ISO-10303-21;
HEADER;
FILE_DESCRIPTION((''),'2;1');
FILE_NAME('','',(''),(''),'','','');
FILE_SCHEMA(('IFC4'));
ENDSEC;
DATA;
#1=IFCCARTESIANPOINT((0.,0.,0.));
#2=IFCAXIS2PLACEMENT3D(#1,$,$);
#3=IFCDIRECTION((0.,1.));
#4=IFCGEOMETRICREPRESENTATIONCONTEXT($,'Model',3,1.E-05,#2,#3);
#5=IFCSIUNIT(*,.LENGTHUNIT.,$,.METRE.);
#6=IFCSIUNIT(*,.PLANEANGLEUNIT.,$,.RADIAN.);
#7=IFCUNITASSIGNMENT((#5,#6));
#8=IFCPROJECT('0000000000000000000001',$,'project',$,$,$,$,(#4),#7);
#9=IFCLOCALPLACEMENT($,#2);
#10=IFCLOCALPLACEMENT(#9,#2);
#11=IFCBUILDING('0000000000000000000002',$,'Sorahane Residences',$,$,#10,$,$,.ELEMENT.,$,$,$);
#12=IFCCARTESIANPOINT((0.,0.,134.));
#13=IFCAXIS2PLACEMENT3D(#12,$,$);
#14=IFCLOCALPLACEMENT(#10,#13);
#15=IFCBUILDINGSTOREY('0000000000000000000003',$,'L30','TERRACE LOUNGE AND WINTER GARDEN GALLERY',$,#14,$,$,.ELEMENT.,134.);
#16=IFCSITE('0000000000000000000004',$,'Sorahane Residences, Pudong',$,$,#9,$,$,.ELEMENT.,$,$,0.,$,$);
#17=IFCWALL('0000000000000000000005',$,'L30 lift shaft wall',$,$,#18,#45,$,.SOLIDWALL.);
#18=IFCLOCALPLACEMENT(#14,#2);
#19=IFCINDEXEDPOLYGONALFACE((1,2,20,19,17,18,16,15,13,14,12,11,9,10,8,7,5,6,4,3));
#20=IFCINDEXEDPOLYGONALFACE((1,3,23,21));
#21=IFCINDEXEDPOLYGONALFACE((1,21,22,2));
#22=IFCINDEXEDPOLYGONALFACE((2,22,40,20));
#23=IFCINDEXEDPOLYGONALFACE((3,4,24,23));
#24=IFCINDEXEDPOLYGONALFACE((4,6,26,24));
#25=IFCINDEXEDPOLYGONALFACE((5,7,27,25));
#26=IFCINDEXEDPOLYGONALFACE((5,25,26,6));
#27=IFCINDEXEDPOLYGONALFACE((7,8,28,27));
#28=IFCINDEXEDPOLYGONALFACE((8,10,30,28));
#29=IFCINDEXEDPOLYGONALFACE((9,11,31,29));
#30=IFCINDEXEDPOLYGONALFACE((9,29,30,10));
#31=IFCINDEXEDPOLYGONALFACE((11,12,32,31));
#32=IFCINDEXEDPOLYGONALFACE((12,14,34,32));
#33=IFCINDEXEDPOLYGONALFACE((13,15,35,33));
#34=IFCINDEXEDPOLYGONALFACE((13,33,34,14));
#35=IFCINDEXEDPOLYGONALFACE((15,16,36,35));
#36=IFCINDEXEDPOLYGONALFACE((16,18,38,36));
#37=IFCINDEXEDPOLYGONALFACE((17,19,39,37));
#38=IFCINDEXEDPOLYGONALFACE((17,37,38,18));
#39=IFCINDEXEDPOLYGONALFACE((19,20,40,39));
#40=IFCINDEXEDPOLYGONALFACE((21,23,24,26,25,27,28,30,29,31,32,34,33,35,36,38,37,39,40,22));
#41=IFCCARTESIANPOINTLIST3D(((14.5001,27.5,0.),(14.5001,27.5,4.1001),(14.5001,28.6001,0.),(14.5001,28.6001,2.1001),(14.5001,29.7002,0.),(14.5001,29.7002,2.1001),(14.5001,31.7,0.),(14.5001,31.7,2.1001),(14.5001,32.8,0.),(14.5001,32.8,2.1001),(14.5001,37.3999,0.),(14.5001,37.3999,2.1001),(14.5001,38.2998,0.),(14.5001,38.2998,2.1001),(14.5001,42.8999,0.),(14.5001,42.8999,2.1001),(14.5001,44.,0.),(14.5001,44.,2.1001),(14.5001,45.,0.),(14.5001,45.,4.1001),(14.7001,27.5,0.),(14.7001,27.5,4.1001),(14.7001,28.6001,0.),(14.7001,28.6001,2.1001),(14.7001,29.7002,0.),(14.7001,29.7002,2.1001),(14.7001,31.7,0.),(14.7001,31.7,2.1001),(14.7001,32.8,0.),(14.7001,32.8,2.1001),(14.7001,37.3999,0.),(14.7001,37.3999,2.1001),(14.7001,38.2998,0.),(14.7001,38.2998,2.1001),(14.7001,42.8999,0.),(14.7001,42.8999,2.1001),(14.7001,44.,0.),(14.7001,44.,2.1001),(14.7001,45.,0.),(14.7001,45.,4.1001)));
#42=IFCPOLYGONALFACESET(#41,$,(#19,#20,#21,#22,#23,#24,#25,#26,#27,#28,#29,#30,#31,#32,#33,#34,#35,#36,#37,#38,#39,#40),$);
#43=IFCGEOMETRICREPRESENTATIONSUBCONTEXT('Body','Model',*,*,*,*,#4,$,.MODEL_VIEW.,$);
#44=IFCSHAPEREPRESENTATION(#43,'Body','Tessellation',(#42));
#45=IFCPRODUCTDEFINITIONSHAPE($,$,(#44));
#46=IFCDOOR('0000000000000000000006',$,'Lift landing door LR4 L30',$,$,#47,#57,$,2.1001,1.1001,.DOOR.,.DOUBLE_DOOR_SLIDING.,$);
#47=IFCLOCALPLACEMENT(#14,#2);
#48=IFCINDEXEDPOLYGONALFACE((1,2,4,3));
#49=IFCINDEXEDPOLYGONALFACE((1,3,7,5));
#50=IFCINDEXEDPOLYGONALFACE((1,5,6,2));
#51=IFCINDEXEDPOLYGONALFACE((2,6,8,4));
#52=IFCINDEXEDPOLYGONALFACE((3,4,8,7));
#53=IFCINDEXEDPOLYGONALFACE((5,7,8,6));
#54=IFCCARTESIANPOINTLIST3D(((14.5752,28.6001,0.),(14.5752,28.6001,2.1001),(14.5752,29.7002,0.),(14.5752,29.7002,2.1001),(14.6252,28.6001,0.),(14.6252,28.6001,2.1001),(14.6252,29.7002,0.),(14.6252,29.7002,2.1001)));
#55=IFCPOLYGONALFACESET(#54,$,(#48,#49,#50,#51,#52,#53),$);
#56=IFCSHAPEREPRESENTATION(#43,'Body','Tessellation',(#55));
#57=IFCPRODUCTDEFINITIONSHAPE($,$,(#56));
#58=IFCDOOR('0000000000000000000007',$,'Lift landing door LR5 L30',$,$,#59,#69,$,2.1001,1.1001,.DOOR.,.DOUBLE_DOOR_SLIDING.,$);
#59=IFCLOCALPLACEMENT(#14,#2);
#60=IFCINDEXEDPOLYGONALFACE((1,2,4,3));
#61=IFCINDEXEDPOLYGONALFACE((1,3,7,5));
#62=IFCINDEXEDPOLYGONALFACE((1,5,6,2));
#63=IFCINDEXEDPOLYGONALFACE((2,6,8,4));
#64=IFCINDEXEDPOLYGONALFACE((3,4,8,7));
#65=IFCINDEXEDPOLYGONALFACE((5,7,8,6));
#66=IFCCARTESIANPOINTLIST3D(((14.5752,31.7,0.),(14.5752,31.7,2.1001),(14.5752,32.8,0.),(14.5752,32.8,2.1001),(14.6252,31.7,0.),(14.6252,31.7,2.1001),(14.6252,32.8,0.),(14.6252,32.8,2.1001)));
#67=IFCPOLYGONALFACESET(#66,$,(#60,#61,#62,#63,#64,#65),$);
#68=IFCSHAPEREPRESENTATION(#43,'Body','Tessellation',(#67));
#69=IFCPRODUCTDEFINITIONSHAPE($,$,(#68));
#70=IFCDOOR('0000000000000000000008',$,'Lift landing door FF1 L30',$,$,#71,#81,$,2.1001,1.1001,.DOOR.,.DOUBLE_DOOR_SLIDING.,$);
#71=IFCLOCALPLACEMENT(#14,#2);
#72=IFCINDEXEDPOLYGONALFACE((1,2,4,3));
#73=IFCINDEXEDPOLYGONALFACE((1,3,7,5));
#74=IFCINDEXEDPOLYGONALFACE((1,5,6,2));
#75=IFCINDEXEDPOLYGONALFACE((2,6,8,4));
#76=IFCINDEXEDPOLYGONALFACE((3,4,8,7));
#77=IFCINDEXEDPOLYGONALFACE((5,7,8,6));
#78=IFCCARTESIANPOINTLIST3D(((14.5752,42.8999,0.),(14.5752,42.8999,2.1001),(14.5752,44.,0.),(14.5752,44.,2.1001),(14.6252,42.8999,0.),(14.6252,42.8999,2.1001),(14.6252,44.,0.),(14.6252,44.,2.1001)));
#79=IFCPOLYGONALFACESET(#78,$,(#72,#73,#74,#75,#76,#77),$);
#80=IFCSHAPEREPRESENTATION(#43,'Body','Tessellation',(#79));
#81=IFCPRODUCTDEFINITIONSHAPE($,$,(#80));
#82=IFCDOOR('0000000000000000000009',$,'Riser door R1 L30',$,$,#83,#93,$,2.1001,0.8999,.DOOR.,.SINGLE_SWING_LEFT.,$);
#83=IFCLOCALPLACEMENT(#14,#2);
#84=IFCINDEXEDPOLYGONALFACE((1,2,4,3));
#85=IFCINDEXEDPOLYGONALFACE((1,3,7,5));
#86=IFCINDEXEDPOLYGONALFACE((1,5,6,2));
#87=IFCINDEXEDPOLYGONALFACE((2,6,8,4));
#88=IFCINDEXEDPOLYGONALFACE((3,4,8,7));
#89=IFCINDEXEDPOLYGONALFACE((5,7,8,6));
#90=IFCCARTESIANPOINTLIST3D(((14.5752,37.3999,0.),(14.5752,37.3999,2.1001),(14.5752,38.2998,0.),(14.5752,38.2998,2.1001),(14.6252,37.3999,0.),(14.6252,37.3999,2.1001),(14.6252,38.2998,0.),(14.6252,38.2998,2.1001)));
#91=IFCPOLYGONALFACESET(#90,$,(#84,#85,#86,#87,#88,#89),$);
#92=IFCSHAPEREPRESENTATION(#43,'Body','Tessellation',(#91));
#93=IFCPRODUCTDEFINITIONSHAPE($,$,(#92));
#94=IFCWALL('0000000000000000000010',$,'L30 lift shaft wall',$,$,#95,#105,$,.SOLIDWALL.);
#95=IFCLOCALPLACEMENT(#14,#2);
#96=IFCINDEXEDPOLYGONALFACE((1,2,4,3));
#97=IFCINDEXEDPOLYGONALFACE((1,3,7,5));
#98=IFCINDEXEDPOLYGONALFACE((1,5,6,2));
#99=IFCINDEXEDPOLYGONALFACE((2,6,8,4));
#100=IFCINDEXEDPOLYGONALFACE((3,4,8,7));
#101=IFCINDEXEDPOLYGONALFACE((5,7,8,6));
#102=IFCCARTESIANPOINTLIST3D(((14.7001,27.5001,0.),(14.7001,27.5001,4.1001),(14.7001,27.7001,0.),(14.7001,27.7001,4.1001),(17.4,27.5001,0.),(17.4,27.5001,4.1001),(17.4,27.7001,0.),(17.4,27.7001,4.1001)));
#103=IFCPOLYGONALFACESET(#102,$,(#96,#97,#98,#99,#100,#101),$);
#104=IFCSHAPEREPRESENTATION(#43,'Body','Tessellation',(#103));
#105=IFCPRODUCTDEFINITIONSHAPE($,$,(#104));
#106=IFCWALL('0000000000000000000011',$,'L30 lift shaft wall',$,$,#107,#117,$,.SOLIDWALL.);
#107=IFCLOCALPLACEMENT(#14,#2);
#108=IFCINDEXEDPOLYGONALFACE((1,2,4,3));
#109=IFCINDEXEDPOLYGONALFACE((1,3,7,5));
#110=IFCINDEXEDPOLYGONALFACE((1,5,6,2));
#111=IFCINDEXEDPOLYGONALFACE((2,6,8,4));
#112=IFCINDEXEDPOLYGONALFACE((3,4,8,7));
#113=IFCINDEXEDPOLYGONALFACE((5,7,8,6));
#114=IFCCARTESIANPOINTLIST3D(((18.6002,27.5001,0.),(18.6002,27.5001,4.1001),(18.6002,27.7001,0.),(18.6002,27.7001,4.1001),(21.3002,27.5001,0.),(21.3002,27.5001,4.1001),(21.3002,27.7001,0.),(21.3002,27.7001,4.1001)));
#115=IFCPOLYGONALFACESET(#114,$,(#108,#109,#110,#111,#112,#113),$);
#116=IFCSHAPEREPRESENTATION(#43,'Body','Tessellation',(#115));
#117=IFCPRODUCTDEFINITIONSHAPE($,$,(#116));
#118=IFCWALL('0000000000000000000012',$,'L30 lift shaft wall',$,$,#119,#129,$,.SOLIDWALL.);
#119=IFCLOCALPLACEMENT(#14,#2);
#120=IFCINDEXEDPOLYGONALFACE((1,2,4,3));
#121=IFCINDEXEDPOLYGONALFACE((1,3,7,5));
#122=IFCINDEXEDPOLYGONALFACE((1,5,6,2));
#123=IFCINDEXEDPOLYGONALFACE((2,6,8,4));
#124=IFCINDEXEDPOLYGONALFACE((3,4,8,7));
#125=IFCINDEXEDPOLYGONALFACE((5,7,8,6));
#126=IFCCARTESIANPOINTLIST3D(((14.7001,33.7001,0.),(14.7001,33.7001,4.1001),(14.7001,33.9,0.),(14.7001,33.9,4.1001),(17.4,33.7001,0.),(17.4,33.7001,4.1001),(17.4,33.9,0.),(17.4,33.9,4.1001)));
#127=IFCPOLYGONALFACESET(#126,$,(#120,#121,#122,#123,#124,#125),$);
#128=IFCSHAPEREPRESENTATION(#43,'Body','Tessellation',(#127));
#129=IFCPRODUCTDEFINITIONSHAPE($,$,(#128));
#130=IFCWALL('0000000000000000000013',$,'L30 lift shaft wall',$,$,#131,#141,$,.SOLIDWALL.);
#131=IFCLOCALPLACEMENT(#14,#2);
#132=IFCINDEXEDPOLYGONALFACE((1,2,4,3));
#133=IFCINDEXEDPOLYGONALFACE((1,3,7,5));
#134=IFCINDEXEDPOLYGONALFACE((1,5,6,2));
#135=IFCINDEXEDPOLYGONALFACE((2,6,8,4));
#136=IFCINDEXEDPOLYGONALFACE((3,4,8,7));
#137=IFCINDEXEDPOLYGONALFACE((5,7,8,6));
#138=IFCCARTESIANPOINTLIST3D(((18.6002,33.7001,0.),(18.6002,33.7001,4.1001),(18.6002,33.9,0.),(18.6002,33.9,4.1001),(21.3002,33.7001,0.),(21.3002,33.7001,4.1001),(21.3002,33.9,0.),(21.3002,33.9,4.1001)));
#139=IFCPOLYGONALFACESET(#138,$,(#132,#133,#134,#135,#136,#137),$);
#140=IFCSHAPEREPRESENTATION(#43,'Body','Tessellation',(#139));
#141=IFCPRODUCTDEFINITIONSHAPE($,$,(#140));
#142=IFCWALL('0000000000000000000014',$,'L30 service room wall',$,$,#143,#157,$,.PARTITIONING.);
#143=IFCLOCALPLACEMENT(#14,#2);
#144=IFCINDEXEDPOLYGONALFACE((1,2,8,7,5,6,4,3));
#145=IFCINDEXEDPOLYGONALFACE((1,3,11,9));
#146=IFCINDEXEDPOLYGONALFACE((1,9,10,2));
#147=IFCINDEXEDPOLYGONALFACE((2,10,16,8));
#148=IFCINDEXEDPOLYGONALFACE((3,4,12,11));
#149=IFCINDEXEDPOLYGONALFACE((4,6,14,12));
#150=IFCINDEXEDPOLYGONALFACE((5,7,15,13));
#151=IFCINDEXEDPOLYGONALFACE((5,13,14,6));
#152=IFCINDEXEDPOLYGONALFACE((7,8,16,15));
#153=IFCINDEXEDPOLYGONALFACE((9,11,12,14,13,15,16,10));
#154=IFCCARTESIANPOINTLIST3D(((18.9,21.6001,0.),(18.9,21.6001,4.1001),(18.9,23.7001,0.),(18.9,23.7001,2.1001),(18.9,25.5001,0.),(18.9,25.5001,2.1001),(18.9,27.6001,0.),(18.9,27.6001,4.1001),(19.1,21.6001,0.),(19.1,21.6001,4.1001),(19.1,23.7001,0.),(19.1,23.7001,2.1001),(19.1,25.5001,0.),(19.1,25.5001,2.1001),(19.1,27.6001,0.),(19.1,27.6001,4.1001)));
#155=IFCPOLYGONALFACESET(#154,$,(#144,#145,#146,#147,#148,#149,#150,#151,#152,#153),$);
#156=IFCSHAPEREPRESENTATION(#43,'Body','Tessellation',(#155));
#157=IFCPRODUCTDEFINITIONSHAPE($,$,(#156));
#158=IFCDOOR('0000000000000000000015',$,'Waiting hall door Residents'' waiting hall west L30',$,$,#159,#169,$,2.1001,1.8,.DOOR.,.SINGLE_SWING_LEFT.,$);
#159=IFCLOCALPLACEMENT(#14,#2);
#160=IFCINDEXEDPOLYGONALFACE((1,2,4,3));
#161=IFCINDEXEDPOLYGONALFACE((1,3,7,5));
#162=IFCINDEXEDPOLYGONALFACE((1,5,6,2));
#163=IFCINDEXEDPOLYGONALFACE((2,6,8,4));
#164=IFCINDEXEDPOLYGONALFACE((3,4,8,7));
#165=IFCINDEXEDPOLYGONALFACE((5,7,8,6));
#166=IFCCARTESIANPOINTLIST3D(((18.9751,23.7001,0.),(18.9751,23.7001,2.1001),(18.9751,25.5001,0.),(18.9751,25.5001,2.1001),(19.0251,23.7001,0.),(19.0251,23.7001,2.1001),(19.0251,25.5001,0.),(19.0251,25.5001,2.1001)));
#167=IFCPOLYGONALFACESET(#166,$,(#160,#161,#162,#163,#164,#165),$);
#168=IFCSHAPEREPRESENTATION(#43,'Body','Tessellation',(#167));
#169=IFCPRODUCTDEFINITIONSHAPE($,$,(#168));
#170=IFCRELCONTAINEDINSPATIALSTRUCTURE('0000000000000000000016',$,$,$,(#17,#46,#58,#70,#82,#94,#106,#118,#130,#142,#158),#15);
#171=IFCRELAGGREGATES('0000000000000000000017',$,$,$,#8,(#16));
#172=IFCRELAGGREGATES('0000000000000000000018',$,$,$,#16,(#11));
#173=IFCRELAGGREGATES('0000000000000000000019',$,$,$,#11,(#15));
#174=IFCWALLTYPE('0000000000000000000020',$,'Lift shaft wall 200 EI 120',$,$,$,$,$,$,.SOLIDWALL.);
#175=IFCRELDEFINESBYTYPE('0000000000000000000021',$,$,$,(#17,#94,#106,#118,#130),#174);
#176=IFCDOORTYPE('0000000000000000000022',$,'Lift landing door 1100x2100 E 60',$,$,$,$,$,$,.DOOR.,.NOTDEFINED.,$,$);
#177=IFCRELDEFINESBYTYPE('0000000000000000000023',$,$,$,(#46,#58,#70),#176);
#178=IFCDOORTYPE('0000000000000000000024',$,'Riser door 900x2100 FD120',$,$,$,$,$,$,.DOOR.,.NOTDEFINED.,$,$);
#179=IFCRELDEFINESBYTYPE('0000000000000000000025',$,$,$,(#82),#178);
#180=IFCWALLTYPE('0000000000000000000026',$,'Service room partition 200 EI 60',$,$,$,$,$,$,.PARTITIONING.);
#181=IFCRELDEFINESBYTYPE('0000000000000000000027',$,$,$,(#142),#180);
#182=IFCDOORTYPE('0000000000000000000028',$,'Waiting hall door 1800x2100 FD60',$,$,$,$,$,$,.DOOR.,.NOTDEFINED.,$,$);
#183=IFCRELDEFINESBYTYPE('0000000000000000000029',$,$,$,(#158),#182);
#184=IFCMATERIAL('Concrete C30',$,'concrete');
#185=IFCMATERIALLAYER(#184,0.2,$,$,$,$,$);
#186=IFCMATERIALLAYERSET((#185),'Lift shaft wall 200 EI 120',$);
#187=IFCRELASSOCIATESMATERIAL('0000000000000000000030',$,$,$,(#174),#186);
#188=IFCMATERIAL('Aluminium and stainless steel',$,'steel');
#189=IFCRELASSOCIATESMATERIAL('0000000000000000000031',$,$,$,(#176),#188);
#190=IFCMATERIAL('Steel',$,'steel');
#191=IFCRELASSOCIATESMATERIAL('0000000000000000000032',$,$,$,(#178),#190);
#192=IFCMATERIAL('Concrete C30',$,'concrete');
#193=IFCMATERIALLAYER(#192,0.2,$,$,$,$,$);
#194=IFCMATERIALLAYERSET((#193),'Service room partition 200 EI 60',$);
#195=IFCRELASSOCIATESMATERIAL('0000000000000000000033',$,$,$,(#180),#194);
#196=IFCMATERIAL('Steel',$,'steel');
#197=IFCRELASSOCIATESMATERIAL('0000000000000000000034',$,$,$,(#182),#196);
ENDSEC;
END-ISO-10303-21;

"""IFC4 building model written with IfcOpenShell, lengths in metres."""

from ifc_helpers import new_model, si_unit, direction, frame, frame_2d, origin, place, context, subcontext, project, spatial, rectangle, extrude, material, layer, layer_set, type_object, element, fill, save


model = new_model("IFC4")

# Units and contexts
model_context = context("Model", 3, precision=1e-05, world=origin(), true_north=direction((0.0, 1.0)))
body_context = subcontext(model_context, "Body", "Model", "MODEL_VIEW")
ifc_project = project(units=[si_unit("LENGTHUNIT", "METRE"), si_unit("PLANEANGLEUNIT", "RADIAN")], contexts=[model_context])

# Site, building, storey
site_placement = place(None, origin())
site = spatial("IfcSite", under=ifc_project, at=site_placement, Name="Sorahane Residences, Pudong", CompositionType="ELEMENT", RefElevation=0.0)
building_placement = place(site_placement, origin())
building = spatial("IfcBuilding", under=site, at=building_placement, Name="Sorahane Residences", CompositionType="ELEMENT")
storey_placement = place(building_placement, frame((0.0, 0.0, 134.0)))
storey = spatial("IfcBuildingStorey", under=building, at=storey_placement, Name="L30", Description="TERRACE LOUNGE AND WINTER GARDEN GALLERY", CompositionType="ELEMENT", Elevation=134.0)

# Wall, openings, doors
ifc_material_1 = material(Name="Concrete C30", Category="concrete")
ifc_layer_1 = layer(ifc_material_1, 0.2)
ifc_layer_set_1 = layer_set([ifc_layer_1], Name="Lift shaft wall 200 EI 120")
wall_type_1 = type_object("IfcWallType", Name="Lift shaft wall 200 EI 120", PredefinedType="SOLIDWALL", material=ifc_layer_set_1)
wall_1_placement = place(storey_placement, frame((14.6001, 27.5, 0.0), z_axis=(0.0, 0.0, 1.0), x_axis=(0.0, 1.0, 0.0)))
wall_1 = element("IfcWall", 1, at=wall_1_placement, inside=storey, type_object=wall_type_1, Name="L30 lift shaft wall", PredefinedType="SOLIDWALL", context=body_context, shape_type="SweptSolid", body=[
    extrude(rectangle(XDim=17.5, YDim=0.2, at=frame_2d((8.75, 0.0))), origin(), (0.0, 0.0, 1.0), 4.1001),
])
opening_1_placement = place(wall_1_placement, frame((1.1001, 0.0, 0.0)))
opening_1 = element("IfcOpeningElement", 2, at=opening_1_placement, cuts=wall_1, PredefinedType="OPENING", context=body_context, shape_type="SweptSolid", body=[
    extrude(rectangle(XDim=1.1001, YDim=2.1001, at=frame_2d((0.55, 1.05))), frame((0.0, 0.1099, 0.0), z_axis=(0.0, -1.0, 0.0), x_axis=(1.0, 0.0, 0.0)), (0.0, 0.0, 1.0), 0.22),
])
opening_2_placement = place(wall_1_placement, frame((4.2, 0.0, 0.0)))
opening_2 = element("IfcOpeningElement", 3, at=opening_2_placement, cuts=wall_1, PredefinedType="OPENING", context=body_context, shape_type="SweptSolid", body=[
    extrude(rectangle(XDim=1.1001, YDim=2.1001, at=frame_2d((0.55, 1.05))), frame((0.0, 0.1099, 0.0), z_axis=(0.0, -1.0, 0.0), x_axis=(1.0, 0.0, 0.0)), (0.0, 0.0, 1.0), 0.22),
])
opening_3_placement = place(wall_1_placement, frame((15.3999, 0.0, 0.0)))
opening_3 = element("IfcOpeningElement", 4, at=opening_3_placement, cuts=wall_1, PredefinedType="OPENING", context=body_context, shape_type="SweptSolid", body=[
    extrude(rectangle(XDim=1.1001, YDim=2.1001, at=frame_2d((0.55, 1.05))), frame((0.0, 0.1099, 0.0), z_axis=(0.0, -1.0, 0.0), x_axis=(1.0, 0.0, 0.0)), (0.0, 0.0, 1.0), 0.22),
])
opening_4_placement = place(wall_1_placement, frame((9.8999, 0.0, 0.0)))
opening_4 = element("IfcOpeningElement", 5, at=opening_4_placement, cuts=wall_1, PredefinedType="OPENING", context=body_context, shape_type="SweptSolid", body=[
    extrude(rectangle(XDim=0.8999, YDim=2.1001, at=frame_2d((0.45, 1.05))), frame((0.0, 0.1099, 0.0), z_axis=(0.0, -1.0, 0.0), x_axis=(1.0, 0.0, 0.0)), (0.0, 0.0, 1.0), 0.22),
])
ifc_material_2 = material(Name="Aluminium and stainless steel", Category="steel")
door_type_1 = type_object("IfcDoorType", Name="Lift landing door 1100x2100 E 60", OperationType="NOTDEFINED", PredefinedType="DOOR", material=ifc_material_2)
door_1_placement = place(opening_1_placement, origin())
door_1 = element("IfcDoor", 6, at=door_1_placement, inside=storey, type_object=door_type_1, Name="Lift landing door LR4 L30", OperationType="DOUBLE_DOOR_SLIDING", OverallHeight=2.1001, OverallWidth=1.1001, PredefinedType="DOOR", context=body_context, shape_type="SweptSolid", body=[
    extrude(rectangle(XDim=1.1001, YDim=2.1001, at=frame_2d((0.55, 1.05))), frame((0.0, 0.0249, 0.0), z_axis=(0.0, -1.0, 0.0), x_axis=(1.0, 0.0, 0.0)), (0.0, 0.0, 1.0), 0.05),
])
fill(opening_1, door_1)
door_2_placement = place(opening_2_placement, origin())
door_2 = element("IfcDoor", 7, at=door_2_placement, inside=storey, type_object=door_type_1, Name="Lift landing door LR5 L30", OperationType="DOUBLE_DOOR_SLIDING", OverallHeight=2.1001, OverallWidth=1.1001, PredefinedType="DOOR", context=body_context, shape_type="SweptSolid", body=[
    extrude(rectangle(XDim=1.1001, YDim=2.1001, at=frame_2d((0.55, 1.05))), frame((0.0, 0.0249, 0.0), z_axis=(0.0, -1.0, 0.0), x_axis=(1.0, 0.0, 0.0)), (0.0, 0.0, 1.0), 0.05),
])
fill(opening_2, door_2)
door_3_placement = place(opening_3_placement, origin())
door_3 = element("IfcDoor", 8, at=door_3_placement, inside=storey, type_object=door_type_1, Name="Lift landing door FF1 L30", OperationType="DOUBLE_DOOR_SLIDING", OverallHeight=2.1001, OverallWidth=1.1001, PredefinedType="DOOR", context=body_context, shape_type="SweptSolid", body=[
    extrude(rectangle(XDim=1.1001, YDim=2.1001, at=frame_2d((0.55, 1.05))), frame((0.0, 0.0249, 0.0), z_axis=(0.0, -1.0, 0.0), x_axis=(1.0, 0.0, 0.0)), (0.0, 0.0, 1.0), 0.05),
])
fill(opening_3, door_3)
ifc_material_3 = material(Name="Steel", Category="steel")
door_type_2 = type_object("IfcDoorType", Name="Riser door 900x2100 FD120", OperationType="NOTDEFINED", PredefinedType="DOOR", material=ifc_material_3)
door_4_placement = place(opening_4_placement, origin())
door_4 = element("IfcDoor", 9, at=door_4_placement, inside=storey, type_object=door_type_2, Name="Riser door R1 L30", OperationType="SINGLE_SWING_LEFT", OverallHeight=2.1001, OverallWidth=0.8999, PredefinedType="DOOR", context=body_context, shape_type="SweptSolid", body=[
    extrude(rectangle(XDim=0.8999, YDim=2.1001, at=frame_2d((0.45, 1.05))), frame((0.0, 0.0249, 0.0), z_axis=(0.0, -1.0, 0.0), x_axis=(1.0, 0.0, 0.0)), (0.0, 0.0, 1.0), 0.05),
])
fill(opening_4, door_4)

# Walls
for number, where, z_axis, x_axis, name in (
    (10, (14.7, 27.6001, 0.0), (0.0, 0.0, 1.0), (1.0, 0.0, 0.0), "L30 lift shaft wall"),
    (11, (18.6001, 27.6001, 0.0), (0.0, 0.0, 1.0), (1.0, 0.0, 0.0), "L30 lift shaft wall"),
    (12, (14.7, 33.8, 0.0), (0.0, 0.0, 1.0), (1.0, 0.0, 0.0), "L30 lift shaft wall"),
    (13, (18.6001, 33.8, 0.0), (0.0, 0.0, 1.0), (1.0, 0.0, 0.0), "L30 lift shaft wall"),
):
    element("IfcWall", number, at=place(storey_placement, frame(where, z_axis=z_axis, x_axis=x_axis)), inside=storey, type_object=wall_type_1, Name=name, PredefinedType="SOLIDWALL", context=body_context, shape_type="SweptSolid", body=[
        extrude(rectangle(XDim=2.7, YDim=0.2, at=frame_2d((1.3501, 0.0))), origin(), (0.0, 0.0, 1.0), 4.1001),
    ])

# Wall, opening, door
ifc_material_4 = material(Name="Concrete C30", Category="concrete")
ifc_layer_2 = layer(ifc_material_4, 0.2)
ifc_layer_set_2 = layer_set([ifc_layer_2], Name="Service room partition 200 EI 60")
wall_type_2 = type_object("IfcWallType", Name="Service room partition 200 EI 60", PredefinedType="PARTITIONING", material=ifc_layer_set_2)
wall_2_placement = place(storey_placement, frame((19.0, 21.6001, 0.0), z_axis=(0.0, 0.0, 1.0), x_axis=(0.0, 1.0, 0.0)))
wall_2 = element("IfcWall", 14, at=wall_2_placement, inside=storey, type_object=wall_type_2, Name="L30 service room wall", PredefinedType="PARTITIONING", context=body_context, shape_type="SweptSolid", body=[
    extrude(rectangle(XDim=6.0, YDim=0.2, at=frame_2d((3.0, 0.0))), origin(), (0.0, 0.0, 1.0), 4.1001),
])
opening_5_placement = place(wall_2_placement, frame((2.1001, 0.0, 0.0)))
opening_5 = element("IfcOpeningElement", 15, at=opening_5_placement, cuts=wall_2, PredefinedType="OPENING", context=body_context, shape_type="SweptSolid", body=[
    extrude(rectangle(XDim=1.8, YDim=2.1001, at=frame_2d((0.8999, 1.05))), frame((0.0, 0.1099, 0.0), z_axis=(0.0, -1.0, 0.0), x_axis=(1.0, 0.0, 0.0)), (0.0, 0.0, 1.0), 0.22),
])
ifc_material_5 = material(Name="Steel", Category="steel")
door_type_3 = type_object("IfcDoorType", Name="Waiting hall door 1800x2100 FD60", OperationType="NOTDEFINED", PredefinedType="DOOR", material=ifc_material_5)
door_5_placement = place(opening_5_placement, origin())
door_5 = element("IfcDoor", 16, at=door_5_placement, inside=storey, type_object=door_type_3, Name="Waiting hall door Residents' waiting hall west L30", OperationType="SINGLE_SWING_LEFT", OverallHeight=2.1001, OverallWidth=1.8, PredefinedType="DOOR", context=body_context, shape_type="SweptSolid", body=[
    extrude(rectangle(XDim=1.8, YDim=2.1001, at=frame_2d((0.8999, 1.05))), frame((0.0, 0.0249, 0.0), z_axis=(0.0, -1.0, 0.0), x_axis=(1.0, 0.0, 0.0)), (0.0, 0.0, 1.0), 0.05),
])
fill(opening_5, door_5)

save(model, "model.ifc")
